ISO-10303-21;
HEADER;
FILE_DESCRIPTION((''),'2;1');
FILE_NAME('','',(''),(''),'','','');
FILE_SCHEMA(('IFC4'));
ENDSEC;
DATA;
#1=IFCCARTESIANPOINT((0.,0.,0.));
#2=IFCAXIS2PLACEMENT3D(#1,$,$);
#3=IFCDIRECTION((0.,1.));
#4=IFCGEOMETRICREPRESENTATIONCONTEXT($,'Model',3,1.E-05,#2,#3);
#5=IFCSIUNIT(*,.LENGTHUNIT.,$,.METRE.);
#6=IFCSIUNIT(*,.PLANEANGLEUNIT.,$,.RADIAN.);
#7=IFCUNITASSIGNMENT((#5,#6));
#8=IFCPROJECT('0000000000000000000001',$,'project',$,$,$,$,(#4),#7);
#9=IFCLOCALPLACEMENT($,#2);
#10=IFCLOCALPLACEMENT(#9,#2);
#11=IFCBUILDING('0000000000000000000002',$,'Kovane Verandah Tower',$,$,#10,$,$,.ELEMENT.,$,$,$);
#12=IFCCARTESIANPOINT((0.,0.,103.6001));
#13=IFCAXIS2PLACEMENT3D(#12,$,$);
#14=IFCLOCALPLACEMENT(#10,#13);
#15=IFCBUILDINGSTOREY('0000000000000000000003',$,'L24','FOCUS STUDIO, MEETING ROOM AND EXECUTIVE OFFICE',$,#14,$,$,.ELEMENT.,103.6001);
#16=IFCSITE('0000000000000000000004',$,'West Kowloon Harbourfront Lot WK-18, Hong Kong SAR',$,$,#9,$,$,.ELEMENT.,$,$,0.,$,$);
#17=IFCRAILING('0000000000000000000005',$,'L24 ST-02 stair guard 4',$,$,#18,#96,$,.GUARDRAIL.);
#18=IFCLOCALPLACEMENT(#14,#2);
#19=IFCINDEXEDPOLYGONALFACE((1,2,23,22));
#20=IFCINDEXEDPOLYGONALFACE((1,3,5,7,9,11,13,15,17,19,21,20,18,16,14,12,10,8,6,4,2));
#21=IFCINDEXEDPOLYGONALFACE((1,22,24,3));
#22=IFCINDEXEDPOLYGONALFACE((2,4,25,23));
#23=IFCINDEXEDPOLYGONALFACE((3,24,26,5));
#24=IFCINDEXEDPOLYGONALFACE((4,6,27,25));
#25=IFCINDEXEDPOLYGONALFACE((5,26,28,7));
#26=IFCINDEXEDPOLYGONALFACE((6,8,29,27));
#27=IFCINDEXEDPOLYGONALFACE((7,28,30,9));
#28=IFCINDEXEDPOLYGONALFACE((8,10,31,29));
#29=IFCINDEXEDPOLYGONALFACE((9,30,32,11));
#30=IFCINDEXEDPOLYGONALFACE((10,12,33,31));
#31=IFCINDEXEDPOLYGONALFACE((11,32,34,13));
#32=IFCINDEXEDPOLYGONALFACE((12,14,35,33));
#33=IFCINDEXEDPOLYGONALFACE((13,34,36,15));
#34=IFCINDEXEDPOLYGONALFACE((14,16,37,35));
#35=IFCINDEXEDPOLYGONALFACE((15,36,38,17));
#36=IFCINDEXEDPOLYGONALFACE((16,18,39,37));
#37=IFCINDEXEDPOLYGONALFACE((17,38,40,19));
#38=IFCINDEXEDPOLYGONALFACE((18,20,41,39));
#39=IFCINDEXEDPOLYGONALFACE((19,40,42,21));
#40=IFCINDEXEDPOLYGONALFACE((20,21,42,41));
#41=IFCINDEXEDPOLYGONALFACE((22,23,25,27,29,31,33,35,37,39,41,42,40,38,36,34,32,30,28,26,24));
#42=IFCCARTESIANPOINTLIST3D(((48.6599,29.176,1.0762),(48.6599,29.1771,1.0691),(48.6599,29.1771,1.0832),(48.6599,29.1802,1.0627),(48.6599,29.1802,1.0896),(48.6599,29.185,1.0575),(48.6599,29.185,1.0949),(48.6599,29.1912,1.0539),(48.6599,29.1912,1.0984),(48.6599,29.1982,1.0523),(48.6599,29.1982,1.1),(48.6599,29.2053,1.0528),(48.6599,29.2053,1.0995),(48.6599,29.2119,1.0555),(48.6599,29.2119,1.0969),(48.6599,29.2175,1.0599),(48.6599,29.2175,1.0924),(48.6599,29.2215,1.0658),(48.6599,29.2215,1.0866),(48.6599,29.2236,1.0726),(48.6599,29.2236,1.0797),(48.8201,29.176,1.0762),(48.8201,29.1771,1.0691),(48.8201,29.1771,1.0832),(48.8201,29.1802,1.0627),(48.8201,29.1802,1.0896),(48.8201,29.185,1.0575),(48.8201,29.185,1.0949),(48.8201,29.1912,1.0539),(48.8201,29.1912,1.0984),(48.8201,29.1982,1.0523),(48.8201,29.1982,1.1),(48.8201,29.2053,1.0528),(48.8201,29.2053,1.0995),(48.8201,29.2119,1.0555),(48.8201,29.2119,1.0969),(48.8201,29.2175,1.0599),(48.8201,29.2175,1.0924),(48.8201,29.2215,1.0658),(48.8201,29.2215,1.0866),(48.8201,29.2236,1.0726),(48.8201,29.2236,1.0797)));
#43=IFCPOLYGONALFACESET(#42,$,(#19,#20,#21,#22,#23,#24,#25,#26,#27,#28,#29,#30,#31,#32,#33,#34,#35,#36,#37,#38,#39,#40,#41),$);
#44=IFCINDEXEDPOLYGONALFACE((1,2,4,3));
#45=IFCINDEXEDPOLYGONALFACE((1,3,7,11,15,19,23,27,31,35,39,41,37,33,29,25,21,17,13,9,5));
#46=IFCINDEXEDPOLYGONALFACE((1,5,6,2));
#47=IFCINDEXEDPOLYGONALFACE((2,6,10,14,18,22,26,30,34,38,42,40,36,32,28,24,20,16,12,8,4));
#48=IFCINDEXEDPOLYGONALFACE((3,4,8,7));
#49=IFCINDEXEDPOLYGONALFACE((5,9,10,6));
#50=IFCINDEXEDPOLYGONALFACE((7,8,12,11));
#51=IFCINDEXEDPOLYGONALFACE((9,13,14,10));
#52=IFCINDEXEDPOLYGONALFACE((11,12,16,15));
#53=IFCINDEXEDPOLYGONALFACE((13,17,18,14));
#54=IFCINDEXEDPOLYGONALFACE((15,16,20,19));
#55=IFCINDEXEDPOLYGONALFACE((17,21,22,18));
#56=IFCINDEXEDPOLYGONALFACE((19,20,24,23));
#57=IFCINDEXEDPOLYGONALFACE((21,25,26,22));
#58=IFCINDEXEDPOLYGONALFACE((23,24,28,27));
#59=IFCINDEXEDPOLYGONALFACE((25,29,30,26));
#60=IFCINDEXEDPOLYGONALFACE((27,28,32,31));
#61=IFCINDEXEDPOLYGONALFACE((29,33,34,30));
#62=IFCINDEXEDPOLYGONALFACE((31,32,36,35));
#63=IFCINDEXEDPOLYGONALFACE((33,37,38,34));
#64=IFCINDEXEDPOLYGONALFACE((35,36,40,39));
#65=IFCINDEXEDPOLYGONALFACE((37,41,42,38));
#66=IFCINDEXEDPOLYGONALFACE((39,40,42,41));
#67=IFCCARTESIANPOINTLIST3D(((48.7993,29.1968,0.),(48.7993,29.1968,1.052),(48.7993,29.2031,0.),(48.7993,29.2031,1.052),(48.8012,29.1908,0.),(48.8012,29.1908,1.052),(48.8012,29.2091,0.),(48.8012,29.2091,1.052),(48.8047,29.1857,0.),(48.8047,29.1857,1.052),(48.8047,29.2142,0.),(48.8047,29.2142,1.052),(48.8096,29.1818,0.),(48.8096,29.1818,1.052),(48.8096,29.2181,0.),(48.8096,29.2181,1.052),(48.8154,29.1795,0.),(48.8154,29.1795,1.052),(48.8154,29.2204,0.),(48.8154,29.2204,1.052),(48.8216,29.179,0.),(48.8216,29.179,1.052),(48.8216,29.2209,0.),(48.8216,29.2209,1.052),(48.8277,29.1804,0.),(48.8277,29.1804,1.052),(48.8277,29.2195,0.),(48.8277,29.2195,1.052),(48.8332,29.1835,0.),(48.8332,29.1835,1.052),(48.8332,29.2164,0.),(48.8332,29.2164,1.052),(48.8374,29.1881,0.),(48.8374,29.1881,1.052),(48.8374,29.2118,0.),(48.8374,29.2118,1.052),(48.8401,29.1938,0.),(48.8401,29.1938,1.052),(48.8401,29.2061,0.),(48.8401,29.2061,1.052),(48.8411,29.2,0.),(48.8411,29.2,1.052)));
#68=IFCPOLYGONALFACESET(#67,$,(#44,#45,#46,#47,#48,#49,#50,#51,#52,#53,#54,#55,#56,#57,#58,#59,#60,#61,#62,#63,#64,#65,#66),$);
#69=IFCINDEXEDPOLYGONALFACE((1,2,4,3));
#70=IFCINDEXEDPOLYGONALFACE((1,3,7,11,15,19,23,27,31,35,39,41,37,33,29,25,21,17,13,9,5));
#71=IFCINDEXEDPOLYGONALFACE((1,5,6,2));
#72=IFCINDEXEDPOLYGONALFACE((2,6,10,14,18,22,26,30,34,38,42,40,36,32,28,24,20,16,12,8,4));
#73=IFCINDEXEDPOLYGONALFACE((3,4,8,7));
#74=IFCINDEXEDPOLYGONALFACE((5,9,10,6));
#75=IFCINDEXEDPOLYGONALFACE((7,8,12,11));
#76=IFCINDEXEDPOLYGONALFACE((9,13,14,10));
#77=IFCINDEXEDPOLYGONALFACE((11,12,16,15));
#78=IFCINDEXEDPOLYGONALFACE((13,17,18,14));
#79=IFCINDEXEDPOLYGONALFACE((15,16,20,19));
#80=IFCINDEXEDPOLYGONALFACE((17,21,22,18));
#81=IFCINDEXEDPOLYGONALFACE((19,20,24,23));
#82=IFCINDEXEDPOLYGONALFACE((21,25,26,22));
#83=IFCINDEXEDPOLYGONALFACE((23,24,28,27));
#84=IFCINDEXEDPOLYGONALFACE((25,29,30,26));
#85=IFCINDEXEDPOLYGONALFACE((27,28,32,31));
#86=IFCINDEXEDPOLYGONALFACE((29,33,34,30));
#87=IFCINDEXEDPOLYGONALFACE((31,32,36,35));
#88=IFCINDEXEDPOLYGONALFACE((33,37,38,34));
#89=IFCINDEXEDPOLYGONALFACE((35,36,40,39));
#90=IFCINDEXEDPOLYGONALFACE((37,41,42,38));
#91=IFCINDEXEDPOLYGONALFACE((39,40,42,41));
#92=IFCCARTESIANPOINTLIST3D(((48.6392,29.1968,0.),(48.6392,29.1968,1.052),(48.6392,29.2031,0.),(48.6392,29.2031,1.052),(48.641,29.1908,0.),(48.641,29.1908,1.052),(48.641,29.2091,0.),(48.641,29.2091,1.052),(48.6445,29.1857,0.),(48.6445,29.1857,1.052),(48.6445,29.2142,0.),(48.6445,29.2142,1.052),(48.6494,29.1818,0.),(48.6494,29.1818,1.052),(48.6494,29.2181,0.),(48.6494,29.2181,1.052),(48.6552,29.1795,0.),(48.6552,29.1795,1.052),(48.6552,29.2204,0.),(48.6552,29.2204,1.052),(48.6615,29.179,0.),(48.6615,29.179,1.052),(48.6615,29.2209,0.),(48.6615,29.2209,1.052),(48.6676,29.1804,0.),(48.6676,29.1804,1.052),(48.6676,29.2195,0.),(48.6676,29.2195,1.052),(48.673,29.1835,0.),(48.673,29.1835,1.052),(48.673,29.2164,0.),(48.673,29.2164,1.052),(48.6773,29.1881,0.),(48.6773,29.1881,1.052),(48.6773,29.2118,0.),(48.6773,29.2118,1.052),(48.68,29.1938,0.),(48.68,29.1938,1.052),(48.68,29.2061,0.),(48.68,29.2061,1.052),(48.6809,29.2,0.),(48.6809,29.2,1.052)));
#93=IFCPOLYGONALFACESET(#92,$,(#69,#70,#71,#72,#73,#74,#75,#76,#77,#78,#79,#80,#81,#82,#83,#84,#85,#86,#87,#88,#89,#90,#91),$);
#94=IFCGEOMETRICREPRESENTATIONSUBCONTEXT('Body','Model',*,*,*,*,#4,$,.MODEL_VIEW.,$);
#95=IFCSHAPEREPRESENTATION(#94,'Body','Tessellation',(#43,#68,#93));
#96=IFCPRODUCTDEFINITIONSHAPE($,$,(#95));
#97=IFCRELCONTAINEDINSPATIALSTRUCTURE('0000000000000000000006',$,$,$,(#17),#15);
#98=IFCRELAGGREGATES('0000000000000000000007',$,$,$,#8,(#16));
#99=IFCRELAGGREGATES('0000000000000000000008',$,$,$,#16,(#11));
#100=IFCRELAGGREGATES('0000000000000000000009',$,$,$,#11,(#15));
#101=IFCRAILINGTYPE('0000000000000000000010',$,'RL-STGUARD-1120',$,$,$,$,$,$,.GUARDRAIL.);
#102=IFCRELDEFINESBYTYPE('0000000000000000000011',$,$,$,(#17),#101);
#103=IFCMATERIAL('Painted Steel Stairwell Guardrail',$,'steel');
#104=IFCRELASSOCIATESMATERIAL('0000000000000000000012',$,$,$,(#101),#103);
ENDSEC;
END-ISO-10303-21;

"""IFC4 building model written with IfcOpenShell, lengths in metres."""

from ifc_helpers import new_model, si_unit, direction, frame, origin, origin_2d, place, context, subcontext, project, spatial, circle, extrude, material, type_object, element, save


model = new_model("IFC4")

# Units and contexts
model_context = context("Model", 3, precision=1e-05, world=origin(), true_north=direction((0.0, 1.0)))
body_context = subcontext(model_context, "Body", "Model", "MODEL_VIEW")
ifc_project = project(units=[si_unit("LENGTHUNIT", "METRE"), si_unit("PLANEANGLEUNIT", "RADIAN")], contexts=[model_context])

# Site, building, storey
site_placement = place(None, origin())
site = spatial("IfcSite", under=ifc_project, at=site_placement, Name="West Kowloon Harbourfront Lot WK-18, Hong Kong SAR", CompositionType="ELEMENT", RefElevation=0.0)
building_placement = place(site_placement, origin())
building = spatial("IfcBuilding", under=site, at=building_placement, Name="Kovane Verandah Tower", CompositionType="ELEMENT")
storey_placement = place(building_placement, frame((0.0, 0.0, 103.6001)))
storey = spatial("IfcBuildingStorey", under=building, at=storey_placement, Name="L24", Description="FOCUS STUDIO, MEETING ROOM AND EXECUTIVE OFFICE", CompositionType="ELEMENT", Elevation=103.6001)

# Railing
ifc_material_1 = material(Name="Painted Steel Stairwell Guardrail", Category="steel")
railing_type_1 = type_object("IfcRailingType", Name="RL-STGUARD-1120", PredefinedType="GUARDRAIL", material=ifc_material_1)
railing_1_placement = place(storey_placement, frame((48.8201, 29.2, 0.0)))
element("IfcRailing", 1, at=railing_1_placement, inside=storey, type_object=railing_type_1, Name="L24 ST-02 stair guard 4", PredefinedType="GUARDRAIL", context=body_context, shape_type="SweptSolid", body=[
    extrude(circle(Radius=0.0239, at=origin_2d()), frame((0.0, 0.0, 1.0762), z_axis=(-1.0, 0.0, 0.0), x_axis=(0.0, -1.0, 0.0)), (0.0, 0.0, 1.0), 0.1602),
    extrude(circle(Radius=0.021, at=origin_2d()), origin(), (0.0, 0.0, 1.0), 1.052),
    extrude(circle(Radius=0.021, at=origin_2d()), frame((-0.1602, 0.0, 0.0)), (0.0, 0.0, 1.0), 1.052),
])

save(model, "model.ifc")
